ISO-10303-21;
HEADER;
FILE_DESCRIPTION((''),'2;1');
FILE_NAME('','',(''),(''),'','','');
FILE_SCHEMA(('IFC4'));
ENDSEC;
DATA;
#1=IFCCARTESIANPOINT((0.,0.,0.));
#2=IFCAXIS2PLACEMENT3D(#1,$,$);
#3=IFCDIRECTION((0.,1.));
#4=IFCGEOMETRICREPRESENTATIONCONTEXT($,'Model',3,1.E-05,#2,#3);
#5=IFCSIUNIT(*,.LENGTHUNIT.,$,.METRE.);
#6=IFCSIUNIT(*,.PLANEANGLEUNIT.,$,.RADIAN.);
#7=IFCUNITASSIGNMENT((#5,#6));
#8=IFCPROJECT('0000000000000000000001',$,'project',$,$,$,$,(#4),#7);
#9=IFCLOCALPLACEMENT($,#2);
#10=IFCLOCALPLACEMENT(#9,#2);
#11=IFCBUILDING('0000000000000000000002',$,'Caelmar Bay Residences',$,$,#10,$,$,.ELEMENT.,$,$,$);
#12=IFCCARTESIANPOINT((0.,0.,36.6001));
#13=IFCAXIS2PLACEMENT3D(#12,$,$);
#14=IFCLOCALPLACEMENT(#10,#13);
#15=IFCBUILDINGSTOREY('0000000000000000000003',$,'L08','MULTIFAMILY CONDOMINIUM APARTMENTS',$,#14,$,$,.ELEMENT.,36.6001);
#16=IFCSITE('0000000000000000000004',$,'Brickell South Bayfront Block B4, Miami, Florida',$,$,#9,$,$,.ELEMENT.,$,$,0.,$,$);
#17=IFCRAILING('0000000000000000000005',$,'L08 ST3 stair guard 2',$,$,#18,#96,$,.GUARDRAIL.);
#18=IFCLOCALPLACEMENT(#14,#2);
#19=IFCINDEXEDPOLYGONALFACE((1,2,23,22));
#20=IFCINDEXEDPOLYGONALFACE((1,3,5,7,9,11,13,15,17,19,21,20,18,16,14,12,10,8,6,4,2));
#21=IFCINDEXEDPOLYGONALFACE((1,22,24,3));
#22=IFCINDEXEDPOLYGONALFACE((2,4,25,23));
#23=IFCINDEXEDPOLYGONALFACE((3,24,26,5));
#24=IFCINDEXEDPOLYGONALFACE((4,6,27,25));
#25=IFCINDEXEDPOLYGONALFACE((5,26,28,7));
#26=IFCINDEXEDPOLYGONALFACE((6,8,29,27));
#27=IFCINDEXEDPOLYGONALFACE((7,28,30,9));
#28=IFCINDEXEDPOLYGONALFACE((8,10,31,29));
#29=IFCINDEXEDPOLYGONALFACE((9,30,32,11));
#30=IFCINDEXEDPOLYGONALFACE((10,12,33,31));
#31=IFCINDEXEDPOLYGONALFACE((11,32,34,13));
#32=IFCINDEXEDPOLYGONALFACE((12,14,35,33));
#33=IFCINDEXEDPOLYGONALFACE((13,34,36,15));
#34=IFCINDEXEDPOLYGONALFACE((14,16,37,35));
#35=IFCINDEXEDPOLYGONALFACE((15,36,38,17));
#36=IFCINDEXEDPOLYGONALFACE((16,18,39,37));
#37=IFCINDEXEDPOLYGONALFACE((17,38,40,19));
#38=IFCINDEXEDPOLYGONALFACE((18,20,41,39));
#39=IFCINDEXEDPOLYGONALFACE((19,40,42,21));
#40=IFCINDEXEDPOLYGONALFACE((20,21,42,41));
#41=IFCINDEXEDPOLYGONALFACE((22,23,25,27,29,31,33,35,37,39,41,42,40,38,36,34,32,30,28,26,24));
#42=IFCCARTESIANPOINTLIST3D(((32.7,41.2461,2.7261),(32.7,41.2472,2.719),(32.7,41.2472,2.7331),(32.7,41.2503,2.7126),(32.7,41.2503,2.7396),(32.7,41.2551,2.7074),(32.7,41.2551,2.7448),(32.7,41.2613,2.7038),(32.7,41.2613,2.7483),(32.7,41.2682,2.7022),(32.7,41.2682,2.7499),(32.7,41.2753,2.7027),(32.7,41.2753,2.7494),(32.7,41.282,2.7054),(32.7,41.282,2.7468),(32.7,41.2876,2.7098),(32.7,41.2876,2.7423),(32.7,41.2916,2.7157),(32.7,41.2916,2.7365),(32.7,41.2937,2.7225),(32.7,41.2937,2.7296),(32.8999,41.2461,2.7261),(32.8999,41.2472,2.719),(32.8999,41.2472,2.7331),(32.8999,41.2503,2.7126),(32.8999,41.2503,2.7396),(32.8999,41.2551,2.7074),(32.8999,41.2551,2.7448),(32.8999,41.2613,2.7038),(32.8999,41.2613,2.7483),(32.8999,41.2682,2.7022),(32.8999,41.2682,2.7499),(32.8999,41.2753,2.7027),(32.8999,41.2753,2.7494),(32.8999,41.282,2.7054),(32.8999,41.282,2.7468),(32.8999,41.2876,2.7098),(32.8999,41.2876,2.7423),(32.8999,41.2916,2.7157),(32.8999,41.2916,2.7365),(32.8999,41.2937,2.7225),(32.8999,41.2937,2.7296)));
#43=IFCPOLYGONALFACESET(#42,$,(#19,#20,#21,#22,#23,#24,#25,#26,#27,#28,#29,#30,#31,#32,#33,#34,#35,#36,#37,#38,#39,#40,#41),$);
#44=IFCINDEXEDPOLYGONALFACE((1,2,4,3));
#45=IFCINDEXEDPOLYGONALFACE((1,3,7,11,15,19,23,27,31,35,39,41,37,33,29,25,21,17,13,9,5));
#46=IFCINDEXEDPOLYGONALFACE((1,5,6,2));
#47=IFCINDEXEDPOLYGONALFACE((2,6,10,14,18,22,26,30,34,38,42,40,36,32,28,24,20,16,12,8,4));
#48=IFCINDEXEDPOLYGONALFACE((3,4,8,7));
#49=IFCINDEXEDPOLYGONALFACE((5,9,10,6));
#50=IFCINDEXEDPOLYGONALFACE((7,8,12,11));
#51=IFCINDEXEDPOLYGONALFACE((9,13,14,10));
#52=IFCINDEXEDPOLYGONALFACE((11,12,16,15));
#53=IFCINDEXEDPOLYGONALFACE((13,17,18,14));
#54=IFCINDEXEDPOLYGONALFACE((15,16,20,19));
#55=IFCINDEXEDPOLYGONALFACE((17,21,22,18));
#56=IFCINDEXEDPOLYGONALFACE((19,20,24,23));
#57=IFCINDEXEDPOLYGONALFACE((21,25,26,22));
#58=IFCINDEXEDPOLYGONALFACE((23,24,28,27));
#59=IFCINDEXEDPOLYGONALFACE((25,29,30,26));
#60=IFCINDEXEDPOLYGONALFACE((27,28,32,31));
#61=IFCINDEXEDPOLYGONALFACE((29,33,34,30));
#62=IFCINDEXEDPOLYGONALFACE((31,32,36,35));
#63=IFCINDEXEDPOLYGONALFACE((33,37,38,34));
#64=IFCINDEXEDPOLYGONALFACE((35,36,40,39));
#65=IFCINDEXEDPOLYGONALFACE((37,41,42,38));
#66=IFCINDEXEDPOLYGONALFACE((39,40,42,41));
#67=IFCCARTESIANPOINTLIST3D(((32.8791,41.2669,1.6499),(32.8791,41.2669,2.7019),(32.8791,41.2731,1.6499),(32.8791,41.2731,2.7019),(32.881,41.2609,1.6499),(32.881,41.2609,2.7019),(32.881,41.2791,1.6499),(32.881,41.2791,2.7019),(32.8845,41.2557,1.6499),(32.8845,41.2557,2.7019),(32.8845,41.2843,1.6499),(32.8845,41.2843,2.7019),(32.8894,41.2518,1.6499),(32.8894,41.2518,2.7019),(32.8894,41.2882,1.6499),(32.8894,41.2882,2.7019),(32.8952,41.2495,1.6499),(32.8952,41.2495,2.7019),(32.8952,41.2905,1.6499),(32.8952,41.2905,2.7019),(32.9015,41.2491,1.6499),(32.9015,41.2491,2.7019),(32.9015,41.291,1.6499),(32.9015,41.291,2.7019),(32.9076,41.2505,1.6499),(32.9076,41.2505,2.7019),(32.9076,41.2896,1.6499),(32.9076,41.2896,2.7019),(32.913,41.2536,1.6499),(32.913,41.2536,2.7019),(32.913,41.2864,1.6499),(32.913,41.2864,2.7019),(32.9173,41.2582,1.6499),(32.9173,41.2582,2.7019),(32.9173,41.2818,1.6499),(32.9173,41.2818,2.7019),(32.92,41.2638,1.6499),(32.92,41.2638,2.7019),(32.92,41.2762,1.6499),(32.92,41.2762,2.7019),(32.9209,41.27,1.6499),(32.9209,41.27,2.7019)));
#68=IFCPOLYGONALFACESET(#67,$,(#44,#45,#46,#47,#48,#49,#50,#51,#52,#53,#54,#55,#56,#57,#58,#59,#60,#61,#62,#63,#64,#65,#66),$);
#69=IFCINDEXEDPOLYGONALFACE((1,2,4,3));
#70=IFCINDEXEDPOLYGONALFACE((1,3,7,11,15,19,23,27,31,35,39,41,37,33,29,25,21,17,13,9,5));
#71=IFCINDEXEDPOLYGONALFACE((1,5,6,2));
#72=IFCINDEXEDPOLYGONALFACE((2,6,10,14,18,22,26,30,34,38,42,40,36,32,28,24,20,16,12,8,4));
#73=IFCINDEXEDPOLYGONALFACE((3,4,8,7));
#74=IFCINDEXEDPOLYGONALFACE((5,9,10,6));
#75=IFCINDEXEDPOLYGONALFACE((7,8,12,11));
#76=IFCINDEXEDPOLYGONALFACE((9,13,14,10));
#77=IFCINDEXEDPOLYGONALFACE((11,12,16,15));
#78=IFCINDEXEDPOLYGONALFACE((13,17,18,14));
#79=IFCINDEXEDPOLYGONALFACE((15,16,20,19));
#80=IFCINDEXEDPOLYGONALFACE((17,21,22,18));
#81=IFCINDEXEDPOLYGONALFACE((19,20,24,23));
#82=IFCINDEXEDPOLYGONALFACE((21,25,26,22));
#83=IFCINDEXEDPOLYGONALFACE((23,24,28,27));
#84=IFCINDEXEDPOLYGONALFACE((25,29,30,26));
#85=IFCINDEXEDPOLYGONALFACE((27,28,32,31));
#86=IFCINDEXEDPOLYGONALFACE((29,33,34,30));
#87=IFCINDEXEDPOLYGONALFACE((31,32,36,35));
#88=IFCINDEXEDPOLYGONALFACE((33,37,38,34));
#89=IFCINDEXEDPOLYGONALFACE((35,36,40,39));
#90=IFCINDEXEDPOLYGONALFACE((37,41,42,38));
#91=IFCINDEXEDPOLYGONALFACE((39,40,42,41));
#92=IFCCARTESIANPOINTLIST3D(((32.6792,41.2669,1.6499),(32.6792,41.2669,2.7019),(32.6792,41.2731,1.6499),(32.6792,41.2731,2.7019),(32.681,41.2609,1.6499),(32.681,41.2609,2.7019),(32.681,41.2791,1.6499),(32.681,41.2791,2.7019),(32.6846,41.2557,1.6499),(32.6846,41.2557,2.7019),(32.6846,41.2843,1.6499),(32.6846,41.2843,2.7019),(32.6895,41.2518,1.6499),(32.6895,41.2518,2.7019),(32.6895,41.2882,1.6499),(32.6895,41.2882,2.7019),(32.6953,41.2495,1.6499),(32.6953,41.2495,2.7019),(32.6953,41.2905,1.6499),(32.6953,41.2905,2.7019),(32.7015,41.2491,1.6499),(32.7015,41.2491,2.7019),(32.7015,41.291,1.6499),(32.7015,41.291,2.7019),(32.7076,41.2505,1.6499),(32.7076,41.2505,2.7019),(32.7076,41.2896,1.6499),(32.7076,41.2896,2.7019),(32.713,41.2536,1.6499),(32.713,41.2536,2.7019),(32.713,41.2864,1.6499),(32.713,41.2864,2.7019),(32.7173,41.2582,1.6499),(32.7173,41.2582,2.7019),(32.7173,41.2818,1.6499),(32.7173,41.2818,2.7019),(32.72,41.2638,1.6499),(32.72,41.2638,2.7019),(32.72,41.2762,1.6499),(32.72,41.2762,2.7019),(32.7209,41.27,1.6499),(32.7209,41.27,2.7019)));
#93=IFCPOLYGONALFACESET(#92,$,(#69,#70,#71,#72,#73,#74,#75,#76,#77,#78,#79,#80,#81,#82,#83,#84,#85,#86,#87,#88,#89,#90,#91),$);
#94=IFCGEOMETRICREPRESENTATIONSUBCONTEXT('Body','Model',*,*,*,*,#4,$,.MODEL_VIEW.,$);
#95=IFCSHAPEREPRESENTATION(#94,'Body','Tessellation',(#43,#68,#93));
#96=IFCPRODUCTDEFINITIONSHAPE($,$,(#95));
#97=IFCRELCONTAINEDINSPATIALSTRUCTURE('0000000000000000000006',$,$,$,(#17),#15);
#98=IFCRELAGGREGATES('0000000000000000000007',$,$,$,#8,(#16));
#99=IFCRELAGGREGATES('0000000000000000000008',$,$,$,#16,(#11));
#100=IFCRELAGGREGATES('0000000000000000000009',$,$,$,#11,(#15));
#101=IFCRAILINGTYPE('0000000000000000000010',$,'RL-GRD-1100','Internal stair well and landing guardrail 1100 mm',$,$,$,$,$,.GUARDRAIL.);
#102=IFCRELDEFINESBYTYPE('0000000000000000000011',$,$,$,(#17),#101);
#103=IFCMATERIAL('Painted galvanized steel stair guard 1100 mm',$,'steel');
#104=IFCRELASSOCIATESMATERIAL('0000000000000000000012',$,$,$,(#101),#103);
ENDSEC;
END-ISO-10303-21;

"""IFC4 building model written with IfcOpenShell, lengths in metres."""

from ifc_helpers import new_model, si_unit, direction, frame, origin, origin_2d, place, context, subcontext, project, spatial, circle, extrude, material, type_object, element, save


model = new_model("IFC4")

# Units and contexts
model_context = context("Model", 3, precision=1e-05, world=origin(), true_north=direction((0.0, 1.0)))
body_context = subcontext(model_context, "Body", "Model", "MODEL_VIEW")
ifc_project = project(units=[si_unit("LENGTHUNIT", "METRE"), si_unit("PLANEANGLEUNIT", "RADIAN")], contexts=[model_context])

# Site, building, storey
site_placement = place(None, origin())
site = spatial("IfcSite", under=ifc_project, at=site_placement, Name="Brickell South Bayfront Block B4, Miami, Florida", CompositionType="ELEMENT", RefElevation=0.0)
building_placement = place(site_placement, origin())
building = spatial("IfcBuilding", under=site, at=building_placement, Name="Caelmar Bay Residences", CompositionType="ELEMENT")
storey_placement = place(building_placement, frame((0.0, 0.0, 36.6001)))
storey = spatial("IfcBuildingStorey", under=building, at=storey_placement, Name="L08", Description="MULTIFAMILY CONDOMINIUM APARTMENTS", CompositionType="ELEMENT", Elevation=36.6001)

# Railing
ifc_material_1 = material(Name="Painted galvanized steel stair guard 1100 mm", Category="steel")
railing_type_1 = type_object("IfcRailingType", Name="RL-GRD-1100", Description="Internal stair well and landing guardrail 1100 mm", PredefinedType="GUARDRAIL", material=ifc_material_1)
railing_1_placement = place(storey_placement, frame((32.8999, 41.27, 1.6499)))
element("IfcRailing", 1, at=railing_1_placement, inside=storey, type_object=railing_type_1, Name="L08 ST3 stair guard 2", PredefinedType="GUARDRAIL", context=body_context, shape_type="SweptSolid", body=[
    extrude(circle(Radius=0.0239, at=origin_2d()), frame((0.0, 0.0, 1.0762), z_axis=(-1.0, 0.0, 0.0), x_axis=(0.0, -1.0, 0.0)), (0.0, 0.0, 1.0), 0.2),
    extrude(circle(Radius=0.021, at=origin_2d()), origin(), (0.0, 0.0, 1.0), 1.052),
    extrude(circle(Radius=0.021, at=origin_2d()), frame((-0.2, 0.0, 0.0)), (0.0, 0.0, 1.0), 1.052),
])

save(model, "model.ifc")
